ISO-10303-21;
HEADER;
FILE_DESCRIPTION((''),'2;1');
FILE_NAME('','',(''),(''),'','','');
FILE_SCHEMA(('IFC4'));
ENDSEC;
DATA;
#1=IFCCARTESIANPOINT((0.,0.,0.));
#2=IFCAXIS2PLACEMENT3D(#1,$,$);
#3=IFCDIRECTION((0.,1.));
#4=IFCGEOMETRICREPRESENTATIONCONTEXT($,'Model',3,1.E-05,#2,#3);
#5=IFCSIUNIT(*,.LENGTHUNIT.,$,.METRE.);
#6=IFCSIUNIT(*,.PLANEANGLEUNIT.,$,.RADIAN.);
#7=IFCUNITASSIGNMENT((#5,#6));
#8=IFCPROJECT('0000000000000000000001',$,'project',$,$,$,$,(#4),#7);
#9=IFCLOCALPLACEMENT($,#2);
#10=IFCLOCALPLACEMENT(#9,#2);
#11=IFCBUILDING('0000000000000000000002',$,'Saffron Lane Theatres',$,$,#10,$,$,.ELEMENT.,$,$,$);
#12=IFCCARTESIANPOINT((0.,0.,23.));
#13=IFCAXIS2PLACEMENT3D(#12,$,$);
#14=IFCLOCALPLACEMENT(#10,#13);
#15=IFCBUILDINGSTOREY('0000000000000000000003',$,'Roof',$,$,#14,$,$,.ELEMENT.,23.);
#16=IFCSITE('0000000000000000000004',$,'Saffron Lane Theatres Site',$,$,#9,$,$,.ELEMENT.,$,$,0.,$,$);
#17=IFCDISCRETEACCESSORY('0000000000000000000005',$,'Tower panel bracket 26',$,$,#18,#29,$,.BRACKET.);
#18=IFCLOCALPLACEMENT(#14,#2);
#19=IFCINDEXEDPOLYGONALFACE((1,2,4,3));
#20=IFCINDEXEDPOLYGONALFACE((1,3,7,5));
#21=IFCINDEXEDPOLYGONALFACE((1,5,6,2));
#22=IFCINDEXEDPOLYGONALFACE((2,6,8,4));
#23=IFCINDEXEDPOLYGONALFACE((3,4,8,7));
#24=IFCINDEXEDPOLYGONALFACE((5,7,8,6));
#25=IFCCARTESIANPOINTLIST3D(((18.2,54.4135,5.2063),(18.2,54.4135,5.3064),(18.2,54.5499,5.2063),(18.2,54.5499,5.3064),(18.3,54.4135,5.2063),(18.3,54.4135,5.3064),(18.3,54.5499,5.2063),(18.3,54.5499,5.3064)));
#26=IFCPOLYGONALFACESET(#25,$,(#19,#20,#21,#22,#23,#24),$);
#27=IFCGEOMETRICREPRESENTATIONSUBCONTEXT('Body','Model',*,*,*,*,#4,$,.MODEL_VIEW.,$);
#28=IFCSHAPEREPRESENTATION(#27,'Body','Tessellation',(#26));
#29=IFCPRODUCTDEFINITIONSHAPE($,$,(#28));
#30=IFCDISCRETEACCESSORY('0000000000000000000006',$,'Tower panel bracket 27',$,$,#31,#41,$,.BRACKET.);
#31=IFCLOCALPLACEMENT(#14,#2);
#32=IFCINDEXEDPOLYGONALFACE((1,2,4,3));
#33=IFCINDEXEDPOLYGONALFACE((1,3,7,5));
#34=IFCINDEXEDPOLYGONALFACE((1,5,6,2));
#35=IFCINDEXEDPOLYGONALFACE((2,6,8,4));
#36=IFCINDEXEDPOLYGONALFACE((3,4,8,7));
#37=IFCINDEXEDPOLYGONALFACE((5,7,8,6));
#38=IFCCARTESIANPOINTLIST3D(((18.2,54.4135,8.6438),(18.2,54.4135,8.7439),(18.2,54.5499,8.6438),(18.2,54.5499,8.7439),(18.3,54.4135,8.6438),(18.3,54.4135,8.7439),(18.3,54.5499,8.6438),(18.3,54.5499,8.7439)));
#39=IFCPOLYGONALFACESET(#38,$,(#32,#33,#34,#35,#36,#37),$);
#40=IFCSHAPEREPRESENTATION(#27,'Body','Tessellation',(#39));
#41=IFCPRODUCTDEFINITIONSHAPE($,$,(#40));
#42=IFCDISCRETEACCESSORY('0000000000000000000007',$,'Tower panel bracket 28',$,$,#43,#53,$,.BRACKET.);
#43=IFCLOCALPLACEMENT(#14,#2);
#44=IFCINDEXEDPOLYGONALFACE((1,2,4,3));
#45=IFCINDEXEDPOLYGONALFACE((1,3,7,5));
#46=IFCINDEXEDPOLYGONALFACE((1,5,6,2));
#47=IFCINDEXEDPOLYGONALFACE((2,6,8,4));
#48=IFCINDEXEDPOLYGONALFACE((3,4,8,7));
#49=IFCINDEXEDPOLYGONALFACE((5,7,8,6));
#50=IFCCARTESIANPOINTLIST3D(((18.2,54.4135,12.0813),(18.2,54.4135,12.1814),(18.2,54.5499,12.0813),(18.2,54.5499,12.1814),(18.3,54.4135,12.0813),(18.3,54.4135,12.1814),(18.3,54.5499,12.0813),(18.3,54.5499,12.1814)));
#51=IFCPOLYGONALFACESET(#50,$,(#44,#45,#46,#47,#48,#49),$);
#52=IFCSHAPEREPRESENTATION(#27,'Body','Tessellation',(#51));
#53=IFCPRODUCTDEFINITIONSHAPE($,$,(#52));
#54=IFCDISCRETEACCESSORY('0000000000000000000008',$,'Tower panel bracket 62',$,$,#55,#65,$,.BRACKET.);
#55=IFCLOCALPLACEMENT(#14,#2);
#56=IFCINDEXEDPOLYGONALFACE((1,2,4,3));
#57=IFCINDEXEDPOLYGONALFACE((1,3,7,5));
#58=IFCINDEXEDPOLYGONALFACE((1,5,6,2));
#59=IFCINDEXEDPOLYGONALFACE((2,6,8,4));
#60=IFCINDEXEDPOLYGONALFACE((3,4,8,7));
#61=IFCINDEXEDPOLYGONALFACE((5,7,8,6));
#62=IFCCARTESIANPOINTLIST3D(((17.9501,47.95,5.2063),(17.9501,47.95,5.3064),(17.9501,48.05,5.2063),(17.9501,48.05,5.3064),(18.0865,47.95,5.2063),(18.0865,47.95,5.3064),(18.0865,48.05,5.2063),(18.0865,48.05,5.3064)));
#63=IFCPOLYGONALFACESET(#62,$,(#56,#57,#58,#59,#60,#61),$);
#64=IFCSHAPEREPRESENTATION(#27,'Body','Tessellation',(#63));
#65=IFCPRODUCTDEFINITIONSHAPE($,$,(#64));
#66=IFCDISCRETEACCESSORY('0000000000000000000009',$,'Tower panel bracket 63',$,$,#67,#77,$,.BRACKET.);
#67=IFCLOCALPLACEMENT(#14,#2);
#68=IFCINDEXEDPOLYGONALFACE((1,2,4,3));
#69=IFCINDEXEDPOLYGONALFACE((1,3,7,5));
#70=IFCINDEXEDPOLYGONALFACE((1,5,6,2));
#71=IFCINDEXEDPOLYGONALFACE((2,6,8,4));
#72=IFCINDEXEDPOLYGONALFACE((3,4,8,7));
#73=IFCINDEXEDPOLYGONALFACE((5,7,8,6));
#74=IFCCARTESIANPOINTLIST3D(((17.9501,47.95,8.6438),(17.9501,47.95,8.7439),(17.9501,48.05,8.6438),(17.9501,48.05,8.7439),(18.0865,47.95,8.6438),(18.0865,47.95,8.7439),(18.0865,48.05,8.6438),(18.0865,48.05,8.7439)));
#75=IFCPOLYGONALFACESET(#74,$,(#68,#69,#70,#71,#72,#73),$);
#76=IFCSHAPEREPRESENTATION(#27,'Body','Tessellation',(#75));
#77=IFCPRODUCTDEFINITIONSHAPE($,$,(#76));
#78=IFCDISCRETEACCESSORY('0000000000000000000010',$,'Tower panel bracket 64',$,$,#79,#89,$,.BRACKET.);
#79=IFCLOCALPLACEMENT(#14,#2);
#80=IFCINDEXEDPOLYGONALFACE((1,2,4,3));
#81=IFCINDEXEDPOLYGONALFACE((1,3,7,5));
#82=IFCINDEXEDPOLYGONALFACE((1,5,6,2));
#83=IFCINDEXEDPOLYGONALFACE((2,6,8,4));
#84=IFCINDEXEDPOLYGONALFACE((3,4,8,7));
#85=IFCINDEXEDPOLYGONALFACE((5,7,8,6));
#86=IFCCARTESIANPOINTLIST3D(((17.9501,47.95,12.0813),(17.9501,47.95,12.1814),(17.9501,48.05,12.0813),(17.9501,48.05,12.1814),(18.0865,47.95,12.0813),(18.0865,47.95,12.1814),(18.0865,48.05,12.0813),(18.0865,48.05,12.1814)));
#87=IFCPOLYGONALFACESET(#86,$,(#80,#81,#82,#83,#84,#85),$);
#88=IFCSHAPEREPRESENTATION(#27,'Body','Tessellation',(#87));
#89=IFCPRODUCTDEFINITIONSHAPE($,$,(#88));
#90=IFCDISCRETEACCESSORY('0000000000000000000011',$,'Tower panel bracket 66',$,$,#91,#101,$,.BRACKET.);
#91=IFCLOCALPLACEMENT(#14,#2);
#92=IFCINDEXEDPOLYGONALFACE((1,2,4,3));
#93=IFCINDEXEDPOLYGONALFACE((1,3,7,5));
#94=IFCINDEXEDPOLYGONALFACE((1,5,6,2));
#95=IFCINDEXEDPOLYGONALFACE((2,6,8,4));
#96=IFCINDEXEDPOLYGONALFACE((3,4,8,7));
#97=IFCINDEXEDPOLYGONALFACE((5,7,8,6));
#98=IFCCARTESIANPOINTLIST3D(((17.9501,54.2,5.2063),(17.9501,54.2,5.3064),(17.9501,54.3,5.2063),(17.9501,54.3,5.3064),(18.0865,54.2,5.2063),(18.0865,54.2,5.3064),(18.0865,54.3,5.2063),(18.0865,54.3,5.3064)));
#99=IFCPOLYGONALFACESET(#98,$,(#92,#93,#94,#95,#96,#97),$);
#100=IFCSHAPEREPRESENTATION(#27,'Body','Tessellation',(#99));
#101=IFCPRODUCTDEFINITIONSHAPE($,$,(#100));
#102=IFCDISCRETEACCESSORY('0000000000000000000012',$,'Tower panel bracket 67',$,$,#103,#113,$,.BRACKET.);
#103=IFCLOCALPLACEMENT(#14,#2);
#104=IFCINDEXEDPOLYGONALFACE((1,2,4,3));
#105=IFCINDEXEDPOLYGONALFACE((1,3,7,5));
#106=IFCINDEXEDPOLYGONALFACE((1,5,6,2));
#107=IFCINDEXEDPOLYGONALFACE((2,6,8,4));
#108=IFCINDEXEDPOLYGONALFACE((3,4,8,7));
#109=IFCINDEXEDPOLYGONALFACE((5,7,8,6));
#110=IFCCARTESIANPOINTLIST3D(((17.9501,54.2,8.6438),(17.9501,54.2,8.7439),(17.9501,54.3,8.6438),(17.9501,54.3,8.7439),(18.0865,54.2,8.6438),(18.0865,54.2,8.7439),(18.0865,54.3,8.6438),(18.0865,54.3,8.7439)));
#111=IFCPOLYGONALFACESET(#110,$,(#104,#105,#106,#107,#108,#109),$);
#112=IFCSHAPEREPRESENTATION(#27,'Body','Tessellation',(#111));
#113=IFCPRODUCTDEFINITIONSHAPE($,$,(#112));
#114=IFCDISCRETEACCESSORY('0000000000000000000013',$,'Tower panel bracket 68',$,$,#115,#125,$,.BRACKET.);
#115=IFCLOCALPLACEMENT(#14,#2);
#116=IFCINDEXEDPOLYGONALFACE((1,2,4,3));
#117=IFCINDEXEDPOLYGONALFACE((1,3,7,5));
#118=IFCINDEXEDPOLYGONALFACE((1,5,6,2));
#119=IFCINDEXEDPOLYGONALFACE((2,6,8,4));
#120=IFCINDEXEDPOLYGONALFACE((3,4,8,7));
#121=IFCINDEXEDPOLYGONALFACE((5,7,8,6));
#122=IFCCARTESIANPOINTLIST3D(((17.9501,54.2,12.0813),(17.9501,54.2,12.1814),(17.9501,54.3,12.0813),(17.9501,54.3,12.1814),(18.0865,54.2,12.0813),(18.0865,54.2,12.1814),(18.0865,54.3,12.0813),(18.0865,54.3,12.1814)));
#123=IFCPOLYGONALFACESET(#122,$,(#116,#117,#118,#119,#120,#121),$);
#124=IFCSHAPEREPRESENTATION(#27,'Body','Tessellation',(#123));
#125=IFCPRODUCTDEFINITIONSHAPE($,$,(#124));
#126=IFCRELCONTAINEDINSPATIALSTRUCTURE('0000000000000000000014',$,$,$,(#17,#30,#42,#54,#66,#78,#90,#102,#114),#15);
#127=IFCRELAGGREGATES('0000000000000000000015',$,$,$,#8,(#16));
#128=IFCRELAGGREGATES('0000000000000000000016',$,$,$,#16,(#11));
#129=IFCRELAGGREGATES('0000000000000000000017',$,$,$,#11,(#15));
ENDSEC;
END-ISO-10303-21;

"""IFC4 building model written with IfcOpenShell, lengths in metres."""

from ifc_helpers import new_model, si_unit, direction, frame, origin, origin_2d, place, context, subcontext, project, spatial, rectangle, extrude, element, save


model = new_model("IFC4")

# Units and contexts
model_context = context("Model", 3, precision=1e-05, world=origin(), true_north=direction((0.0, 1.0)))
body_context = subcontext(model_context, "Body", "Model", "MODEL_VIEW")
ifc_project = project(units=[si_unit("LENGTHUNIT", "METRE"), si_unit("PLANEANGLEUNIT", "RADIAN")], contexts=[model_context])

# Site, building, storey
site_placement = place(None, origin())
site = spatial("IfcSite", under=ifc_project, at=site_placement, Name="Saffron Lane Theatres Site", CompositionType="ELEMENT", RefElevation=0.0)
building_placement = place(site_placement, origin())
building = spatial("IfcBuilding", under=site, at=building_placement, Name="Saffron Lane Theatres", CompositionType="ELEMENT")
storey_placement = place(building_placement, frame((0.0, 0.0, 23.0)))
storey = spatial("IfcBuildingStorey", under=building, at=storey_placement, Name="Roof", CompositionType="ELEMENT", Elevation=23.0)

# Discrete accessories
for number, where, z_axis, x_axis, name in (
    (1, (18.25, 54.4817, 5.2063), (0.0, 0.0, 1.0), (1.0, 0.0, 0.0), "Tower panel bracket 26"),
    (2, (18.25, 54.4817, 8.6438), (0.0, 0.0, 1.0), (1.0, 0.0, 0.0), "Tower panel bracket 27"),
    (3, (18.25, 54.4817, 12.0813), (0.0, 0.0, 1.0), (1.0, 0.0, 0.0), "Tower panel bracket 28"),
    (4, (18.0183, 48.0, 5.2063), (0.0, 0.0, 1.0), (0.0, 1.0, 0.0), "Tower panel bracket 62"),
    (5, (18.0183, 48.0, 8.6438), (0.0, 0.0, 1.0), (0.0, 1.0, 0.0), "Tower panel bracket 63"),
    (6, (18.0183, 48.0, 12.0813), (0.0, 0.0, 1.0), (0.0, 1.0, 0.0), "Tower panel bracket 64"),
    (7, (18.0183, 54.25, 5.2063), (0.0, 0.0, 1.0), (0.0, 1.0, 0.0), "Tower panel bracket 66"),
    (8, (18.0183, 54.25, 8.6438), (0.0, 0.0, 1.0), (0.0, 1.0, 0.0), "Tower panel bracket 67"),
    (9, (18.0183, 54.25, 12.0813), (0.0, 0.0, 1.0), (0.0, 1.0, 0.0), "Tower panel bracket 68"),
):
    element("IfcDiscreteAccessory", number, at=place(storey_placement, frame(where, z_axis=z_axis, x_axis=x_axis)), inside=storey, Name=name, PredefinedType="BRACKET", context=body_context, shape_type="SweptSolid", body=[
        extrude(rectangle(XDim=0.1001, YDim=0.1365, at=origin_2d()), origin(), (0.0, 0.0, 1.0), 0.1001),
    ])

save(model, "model.ifc")
